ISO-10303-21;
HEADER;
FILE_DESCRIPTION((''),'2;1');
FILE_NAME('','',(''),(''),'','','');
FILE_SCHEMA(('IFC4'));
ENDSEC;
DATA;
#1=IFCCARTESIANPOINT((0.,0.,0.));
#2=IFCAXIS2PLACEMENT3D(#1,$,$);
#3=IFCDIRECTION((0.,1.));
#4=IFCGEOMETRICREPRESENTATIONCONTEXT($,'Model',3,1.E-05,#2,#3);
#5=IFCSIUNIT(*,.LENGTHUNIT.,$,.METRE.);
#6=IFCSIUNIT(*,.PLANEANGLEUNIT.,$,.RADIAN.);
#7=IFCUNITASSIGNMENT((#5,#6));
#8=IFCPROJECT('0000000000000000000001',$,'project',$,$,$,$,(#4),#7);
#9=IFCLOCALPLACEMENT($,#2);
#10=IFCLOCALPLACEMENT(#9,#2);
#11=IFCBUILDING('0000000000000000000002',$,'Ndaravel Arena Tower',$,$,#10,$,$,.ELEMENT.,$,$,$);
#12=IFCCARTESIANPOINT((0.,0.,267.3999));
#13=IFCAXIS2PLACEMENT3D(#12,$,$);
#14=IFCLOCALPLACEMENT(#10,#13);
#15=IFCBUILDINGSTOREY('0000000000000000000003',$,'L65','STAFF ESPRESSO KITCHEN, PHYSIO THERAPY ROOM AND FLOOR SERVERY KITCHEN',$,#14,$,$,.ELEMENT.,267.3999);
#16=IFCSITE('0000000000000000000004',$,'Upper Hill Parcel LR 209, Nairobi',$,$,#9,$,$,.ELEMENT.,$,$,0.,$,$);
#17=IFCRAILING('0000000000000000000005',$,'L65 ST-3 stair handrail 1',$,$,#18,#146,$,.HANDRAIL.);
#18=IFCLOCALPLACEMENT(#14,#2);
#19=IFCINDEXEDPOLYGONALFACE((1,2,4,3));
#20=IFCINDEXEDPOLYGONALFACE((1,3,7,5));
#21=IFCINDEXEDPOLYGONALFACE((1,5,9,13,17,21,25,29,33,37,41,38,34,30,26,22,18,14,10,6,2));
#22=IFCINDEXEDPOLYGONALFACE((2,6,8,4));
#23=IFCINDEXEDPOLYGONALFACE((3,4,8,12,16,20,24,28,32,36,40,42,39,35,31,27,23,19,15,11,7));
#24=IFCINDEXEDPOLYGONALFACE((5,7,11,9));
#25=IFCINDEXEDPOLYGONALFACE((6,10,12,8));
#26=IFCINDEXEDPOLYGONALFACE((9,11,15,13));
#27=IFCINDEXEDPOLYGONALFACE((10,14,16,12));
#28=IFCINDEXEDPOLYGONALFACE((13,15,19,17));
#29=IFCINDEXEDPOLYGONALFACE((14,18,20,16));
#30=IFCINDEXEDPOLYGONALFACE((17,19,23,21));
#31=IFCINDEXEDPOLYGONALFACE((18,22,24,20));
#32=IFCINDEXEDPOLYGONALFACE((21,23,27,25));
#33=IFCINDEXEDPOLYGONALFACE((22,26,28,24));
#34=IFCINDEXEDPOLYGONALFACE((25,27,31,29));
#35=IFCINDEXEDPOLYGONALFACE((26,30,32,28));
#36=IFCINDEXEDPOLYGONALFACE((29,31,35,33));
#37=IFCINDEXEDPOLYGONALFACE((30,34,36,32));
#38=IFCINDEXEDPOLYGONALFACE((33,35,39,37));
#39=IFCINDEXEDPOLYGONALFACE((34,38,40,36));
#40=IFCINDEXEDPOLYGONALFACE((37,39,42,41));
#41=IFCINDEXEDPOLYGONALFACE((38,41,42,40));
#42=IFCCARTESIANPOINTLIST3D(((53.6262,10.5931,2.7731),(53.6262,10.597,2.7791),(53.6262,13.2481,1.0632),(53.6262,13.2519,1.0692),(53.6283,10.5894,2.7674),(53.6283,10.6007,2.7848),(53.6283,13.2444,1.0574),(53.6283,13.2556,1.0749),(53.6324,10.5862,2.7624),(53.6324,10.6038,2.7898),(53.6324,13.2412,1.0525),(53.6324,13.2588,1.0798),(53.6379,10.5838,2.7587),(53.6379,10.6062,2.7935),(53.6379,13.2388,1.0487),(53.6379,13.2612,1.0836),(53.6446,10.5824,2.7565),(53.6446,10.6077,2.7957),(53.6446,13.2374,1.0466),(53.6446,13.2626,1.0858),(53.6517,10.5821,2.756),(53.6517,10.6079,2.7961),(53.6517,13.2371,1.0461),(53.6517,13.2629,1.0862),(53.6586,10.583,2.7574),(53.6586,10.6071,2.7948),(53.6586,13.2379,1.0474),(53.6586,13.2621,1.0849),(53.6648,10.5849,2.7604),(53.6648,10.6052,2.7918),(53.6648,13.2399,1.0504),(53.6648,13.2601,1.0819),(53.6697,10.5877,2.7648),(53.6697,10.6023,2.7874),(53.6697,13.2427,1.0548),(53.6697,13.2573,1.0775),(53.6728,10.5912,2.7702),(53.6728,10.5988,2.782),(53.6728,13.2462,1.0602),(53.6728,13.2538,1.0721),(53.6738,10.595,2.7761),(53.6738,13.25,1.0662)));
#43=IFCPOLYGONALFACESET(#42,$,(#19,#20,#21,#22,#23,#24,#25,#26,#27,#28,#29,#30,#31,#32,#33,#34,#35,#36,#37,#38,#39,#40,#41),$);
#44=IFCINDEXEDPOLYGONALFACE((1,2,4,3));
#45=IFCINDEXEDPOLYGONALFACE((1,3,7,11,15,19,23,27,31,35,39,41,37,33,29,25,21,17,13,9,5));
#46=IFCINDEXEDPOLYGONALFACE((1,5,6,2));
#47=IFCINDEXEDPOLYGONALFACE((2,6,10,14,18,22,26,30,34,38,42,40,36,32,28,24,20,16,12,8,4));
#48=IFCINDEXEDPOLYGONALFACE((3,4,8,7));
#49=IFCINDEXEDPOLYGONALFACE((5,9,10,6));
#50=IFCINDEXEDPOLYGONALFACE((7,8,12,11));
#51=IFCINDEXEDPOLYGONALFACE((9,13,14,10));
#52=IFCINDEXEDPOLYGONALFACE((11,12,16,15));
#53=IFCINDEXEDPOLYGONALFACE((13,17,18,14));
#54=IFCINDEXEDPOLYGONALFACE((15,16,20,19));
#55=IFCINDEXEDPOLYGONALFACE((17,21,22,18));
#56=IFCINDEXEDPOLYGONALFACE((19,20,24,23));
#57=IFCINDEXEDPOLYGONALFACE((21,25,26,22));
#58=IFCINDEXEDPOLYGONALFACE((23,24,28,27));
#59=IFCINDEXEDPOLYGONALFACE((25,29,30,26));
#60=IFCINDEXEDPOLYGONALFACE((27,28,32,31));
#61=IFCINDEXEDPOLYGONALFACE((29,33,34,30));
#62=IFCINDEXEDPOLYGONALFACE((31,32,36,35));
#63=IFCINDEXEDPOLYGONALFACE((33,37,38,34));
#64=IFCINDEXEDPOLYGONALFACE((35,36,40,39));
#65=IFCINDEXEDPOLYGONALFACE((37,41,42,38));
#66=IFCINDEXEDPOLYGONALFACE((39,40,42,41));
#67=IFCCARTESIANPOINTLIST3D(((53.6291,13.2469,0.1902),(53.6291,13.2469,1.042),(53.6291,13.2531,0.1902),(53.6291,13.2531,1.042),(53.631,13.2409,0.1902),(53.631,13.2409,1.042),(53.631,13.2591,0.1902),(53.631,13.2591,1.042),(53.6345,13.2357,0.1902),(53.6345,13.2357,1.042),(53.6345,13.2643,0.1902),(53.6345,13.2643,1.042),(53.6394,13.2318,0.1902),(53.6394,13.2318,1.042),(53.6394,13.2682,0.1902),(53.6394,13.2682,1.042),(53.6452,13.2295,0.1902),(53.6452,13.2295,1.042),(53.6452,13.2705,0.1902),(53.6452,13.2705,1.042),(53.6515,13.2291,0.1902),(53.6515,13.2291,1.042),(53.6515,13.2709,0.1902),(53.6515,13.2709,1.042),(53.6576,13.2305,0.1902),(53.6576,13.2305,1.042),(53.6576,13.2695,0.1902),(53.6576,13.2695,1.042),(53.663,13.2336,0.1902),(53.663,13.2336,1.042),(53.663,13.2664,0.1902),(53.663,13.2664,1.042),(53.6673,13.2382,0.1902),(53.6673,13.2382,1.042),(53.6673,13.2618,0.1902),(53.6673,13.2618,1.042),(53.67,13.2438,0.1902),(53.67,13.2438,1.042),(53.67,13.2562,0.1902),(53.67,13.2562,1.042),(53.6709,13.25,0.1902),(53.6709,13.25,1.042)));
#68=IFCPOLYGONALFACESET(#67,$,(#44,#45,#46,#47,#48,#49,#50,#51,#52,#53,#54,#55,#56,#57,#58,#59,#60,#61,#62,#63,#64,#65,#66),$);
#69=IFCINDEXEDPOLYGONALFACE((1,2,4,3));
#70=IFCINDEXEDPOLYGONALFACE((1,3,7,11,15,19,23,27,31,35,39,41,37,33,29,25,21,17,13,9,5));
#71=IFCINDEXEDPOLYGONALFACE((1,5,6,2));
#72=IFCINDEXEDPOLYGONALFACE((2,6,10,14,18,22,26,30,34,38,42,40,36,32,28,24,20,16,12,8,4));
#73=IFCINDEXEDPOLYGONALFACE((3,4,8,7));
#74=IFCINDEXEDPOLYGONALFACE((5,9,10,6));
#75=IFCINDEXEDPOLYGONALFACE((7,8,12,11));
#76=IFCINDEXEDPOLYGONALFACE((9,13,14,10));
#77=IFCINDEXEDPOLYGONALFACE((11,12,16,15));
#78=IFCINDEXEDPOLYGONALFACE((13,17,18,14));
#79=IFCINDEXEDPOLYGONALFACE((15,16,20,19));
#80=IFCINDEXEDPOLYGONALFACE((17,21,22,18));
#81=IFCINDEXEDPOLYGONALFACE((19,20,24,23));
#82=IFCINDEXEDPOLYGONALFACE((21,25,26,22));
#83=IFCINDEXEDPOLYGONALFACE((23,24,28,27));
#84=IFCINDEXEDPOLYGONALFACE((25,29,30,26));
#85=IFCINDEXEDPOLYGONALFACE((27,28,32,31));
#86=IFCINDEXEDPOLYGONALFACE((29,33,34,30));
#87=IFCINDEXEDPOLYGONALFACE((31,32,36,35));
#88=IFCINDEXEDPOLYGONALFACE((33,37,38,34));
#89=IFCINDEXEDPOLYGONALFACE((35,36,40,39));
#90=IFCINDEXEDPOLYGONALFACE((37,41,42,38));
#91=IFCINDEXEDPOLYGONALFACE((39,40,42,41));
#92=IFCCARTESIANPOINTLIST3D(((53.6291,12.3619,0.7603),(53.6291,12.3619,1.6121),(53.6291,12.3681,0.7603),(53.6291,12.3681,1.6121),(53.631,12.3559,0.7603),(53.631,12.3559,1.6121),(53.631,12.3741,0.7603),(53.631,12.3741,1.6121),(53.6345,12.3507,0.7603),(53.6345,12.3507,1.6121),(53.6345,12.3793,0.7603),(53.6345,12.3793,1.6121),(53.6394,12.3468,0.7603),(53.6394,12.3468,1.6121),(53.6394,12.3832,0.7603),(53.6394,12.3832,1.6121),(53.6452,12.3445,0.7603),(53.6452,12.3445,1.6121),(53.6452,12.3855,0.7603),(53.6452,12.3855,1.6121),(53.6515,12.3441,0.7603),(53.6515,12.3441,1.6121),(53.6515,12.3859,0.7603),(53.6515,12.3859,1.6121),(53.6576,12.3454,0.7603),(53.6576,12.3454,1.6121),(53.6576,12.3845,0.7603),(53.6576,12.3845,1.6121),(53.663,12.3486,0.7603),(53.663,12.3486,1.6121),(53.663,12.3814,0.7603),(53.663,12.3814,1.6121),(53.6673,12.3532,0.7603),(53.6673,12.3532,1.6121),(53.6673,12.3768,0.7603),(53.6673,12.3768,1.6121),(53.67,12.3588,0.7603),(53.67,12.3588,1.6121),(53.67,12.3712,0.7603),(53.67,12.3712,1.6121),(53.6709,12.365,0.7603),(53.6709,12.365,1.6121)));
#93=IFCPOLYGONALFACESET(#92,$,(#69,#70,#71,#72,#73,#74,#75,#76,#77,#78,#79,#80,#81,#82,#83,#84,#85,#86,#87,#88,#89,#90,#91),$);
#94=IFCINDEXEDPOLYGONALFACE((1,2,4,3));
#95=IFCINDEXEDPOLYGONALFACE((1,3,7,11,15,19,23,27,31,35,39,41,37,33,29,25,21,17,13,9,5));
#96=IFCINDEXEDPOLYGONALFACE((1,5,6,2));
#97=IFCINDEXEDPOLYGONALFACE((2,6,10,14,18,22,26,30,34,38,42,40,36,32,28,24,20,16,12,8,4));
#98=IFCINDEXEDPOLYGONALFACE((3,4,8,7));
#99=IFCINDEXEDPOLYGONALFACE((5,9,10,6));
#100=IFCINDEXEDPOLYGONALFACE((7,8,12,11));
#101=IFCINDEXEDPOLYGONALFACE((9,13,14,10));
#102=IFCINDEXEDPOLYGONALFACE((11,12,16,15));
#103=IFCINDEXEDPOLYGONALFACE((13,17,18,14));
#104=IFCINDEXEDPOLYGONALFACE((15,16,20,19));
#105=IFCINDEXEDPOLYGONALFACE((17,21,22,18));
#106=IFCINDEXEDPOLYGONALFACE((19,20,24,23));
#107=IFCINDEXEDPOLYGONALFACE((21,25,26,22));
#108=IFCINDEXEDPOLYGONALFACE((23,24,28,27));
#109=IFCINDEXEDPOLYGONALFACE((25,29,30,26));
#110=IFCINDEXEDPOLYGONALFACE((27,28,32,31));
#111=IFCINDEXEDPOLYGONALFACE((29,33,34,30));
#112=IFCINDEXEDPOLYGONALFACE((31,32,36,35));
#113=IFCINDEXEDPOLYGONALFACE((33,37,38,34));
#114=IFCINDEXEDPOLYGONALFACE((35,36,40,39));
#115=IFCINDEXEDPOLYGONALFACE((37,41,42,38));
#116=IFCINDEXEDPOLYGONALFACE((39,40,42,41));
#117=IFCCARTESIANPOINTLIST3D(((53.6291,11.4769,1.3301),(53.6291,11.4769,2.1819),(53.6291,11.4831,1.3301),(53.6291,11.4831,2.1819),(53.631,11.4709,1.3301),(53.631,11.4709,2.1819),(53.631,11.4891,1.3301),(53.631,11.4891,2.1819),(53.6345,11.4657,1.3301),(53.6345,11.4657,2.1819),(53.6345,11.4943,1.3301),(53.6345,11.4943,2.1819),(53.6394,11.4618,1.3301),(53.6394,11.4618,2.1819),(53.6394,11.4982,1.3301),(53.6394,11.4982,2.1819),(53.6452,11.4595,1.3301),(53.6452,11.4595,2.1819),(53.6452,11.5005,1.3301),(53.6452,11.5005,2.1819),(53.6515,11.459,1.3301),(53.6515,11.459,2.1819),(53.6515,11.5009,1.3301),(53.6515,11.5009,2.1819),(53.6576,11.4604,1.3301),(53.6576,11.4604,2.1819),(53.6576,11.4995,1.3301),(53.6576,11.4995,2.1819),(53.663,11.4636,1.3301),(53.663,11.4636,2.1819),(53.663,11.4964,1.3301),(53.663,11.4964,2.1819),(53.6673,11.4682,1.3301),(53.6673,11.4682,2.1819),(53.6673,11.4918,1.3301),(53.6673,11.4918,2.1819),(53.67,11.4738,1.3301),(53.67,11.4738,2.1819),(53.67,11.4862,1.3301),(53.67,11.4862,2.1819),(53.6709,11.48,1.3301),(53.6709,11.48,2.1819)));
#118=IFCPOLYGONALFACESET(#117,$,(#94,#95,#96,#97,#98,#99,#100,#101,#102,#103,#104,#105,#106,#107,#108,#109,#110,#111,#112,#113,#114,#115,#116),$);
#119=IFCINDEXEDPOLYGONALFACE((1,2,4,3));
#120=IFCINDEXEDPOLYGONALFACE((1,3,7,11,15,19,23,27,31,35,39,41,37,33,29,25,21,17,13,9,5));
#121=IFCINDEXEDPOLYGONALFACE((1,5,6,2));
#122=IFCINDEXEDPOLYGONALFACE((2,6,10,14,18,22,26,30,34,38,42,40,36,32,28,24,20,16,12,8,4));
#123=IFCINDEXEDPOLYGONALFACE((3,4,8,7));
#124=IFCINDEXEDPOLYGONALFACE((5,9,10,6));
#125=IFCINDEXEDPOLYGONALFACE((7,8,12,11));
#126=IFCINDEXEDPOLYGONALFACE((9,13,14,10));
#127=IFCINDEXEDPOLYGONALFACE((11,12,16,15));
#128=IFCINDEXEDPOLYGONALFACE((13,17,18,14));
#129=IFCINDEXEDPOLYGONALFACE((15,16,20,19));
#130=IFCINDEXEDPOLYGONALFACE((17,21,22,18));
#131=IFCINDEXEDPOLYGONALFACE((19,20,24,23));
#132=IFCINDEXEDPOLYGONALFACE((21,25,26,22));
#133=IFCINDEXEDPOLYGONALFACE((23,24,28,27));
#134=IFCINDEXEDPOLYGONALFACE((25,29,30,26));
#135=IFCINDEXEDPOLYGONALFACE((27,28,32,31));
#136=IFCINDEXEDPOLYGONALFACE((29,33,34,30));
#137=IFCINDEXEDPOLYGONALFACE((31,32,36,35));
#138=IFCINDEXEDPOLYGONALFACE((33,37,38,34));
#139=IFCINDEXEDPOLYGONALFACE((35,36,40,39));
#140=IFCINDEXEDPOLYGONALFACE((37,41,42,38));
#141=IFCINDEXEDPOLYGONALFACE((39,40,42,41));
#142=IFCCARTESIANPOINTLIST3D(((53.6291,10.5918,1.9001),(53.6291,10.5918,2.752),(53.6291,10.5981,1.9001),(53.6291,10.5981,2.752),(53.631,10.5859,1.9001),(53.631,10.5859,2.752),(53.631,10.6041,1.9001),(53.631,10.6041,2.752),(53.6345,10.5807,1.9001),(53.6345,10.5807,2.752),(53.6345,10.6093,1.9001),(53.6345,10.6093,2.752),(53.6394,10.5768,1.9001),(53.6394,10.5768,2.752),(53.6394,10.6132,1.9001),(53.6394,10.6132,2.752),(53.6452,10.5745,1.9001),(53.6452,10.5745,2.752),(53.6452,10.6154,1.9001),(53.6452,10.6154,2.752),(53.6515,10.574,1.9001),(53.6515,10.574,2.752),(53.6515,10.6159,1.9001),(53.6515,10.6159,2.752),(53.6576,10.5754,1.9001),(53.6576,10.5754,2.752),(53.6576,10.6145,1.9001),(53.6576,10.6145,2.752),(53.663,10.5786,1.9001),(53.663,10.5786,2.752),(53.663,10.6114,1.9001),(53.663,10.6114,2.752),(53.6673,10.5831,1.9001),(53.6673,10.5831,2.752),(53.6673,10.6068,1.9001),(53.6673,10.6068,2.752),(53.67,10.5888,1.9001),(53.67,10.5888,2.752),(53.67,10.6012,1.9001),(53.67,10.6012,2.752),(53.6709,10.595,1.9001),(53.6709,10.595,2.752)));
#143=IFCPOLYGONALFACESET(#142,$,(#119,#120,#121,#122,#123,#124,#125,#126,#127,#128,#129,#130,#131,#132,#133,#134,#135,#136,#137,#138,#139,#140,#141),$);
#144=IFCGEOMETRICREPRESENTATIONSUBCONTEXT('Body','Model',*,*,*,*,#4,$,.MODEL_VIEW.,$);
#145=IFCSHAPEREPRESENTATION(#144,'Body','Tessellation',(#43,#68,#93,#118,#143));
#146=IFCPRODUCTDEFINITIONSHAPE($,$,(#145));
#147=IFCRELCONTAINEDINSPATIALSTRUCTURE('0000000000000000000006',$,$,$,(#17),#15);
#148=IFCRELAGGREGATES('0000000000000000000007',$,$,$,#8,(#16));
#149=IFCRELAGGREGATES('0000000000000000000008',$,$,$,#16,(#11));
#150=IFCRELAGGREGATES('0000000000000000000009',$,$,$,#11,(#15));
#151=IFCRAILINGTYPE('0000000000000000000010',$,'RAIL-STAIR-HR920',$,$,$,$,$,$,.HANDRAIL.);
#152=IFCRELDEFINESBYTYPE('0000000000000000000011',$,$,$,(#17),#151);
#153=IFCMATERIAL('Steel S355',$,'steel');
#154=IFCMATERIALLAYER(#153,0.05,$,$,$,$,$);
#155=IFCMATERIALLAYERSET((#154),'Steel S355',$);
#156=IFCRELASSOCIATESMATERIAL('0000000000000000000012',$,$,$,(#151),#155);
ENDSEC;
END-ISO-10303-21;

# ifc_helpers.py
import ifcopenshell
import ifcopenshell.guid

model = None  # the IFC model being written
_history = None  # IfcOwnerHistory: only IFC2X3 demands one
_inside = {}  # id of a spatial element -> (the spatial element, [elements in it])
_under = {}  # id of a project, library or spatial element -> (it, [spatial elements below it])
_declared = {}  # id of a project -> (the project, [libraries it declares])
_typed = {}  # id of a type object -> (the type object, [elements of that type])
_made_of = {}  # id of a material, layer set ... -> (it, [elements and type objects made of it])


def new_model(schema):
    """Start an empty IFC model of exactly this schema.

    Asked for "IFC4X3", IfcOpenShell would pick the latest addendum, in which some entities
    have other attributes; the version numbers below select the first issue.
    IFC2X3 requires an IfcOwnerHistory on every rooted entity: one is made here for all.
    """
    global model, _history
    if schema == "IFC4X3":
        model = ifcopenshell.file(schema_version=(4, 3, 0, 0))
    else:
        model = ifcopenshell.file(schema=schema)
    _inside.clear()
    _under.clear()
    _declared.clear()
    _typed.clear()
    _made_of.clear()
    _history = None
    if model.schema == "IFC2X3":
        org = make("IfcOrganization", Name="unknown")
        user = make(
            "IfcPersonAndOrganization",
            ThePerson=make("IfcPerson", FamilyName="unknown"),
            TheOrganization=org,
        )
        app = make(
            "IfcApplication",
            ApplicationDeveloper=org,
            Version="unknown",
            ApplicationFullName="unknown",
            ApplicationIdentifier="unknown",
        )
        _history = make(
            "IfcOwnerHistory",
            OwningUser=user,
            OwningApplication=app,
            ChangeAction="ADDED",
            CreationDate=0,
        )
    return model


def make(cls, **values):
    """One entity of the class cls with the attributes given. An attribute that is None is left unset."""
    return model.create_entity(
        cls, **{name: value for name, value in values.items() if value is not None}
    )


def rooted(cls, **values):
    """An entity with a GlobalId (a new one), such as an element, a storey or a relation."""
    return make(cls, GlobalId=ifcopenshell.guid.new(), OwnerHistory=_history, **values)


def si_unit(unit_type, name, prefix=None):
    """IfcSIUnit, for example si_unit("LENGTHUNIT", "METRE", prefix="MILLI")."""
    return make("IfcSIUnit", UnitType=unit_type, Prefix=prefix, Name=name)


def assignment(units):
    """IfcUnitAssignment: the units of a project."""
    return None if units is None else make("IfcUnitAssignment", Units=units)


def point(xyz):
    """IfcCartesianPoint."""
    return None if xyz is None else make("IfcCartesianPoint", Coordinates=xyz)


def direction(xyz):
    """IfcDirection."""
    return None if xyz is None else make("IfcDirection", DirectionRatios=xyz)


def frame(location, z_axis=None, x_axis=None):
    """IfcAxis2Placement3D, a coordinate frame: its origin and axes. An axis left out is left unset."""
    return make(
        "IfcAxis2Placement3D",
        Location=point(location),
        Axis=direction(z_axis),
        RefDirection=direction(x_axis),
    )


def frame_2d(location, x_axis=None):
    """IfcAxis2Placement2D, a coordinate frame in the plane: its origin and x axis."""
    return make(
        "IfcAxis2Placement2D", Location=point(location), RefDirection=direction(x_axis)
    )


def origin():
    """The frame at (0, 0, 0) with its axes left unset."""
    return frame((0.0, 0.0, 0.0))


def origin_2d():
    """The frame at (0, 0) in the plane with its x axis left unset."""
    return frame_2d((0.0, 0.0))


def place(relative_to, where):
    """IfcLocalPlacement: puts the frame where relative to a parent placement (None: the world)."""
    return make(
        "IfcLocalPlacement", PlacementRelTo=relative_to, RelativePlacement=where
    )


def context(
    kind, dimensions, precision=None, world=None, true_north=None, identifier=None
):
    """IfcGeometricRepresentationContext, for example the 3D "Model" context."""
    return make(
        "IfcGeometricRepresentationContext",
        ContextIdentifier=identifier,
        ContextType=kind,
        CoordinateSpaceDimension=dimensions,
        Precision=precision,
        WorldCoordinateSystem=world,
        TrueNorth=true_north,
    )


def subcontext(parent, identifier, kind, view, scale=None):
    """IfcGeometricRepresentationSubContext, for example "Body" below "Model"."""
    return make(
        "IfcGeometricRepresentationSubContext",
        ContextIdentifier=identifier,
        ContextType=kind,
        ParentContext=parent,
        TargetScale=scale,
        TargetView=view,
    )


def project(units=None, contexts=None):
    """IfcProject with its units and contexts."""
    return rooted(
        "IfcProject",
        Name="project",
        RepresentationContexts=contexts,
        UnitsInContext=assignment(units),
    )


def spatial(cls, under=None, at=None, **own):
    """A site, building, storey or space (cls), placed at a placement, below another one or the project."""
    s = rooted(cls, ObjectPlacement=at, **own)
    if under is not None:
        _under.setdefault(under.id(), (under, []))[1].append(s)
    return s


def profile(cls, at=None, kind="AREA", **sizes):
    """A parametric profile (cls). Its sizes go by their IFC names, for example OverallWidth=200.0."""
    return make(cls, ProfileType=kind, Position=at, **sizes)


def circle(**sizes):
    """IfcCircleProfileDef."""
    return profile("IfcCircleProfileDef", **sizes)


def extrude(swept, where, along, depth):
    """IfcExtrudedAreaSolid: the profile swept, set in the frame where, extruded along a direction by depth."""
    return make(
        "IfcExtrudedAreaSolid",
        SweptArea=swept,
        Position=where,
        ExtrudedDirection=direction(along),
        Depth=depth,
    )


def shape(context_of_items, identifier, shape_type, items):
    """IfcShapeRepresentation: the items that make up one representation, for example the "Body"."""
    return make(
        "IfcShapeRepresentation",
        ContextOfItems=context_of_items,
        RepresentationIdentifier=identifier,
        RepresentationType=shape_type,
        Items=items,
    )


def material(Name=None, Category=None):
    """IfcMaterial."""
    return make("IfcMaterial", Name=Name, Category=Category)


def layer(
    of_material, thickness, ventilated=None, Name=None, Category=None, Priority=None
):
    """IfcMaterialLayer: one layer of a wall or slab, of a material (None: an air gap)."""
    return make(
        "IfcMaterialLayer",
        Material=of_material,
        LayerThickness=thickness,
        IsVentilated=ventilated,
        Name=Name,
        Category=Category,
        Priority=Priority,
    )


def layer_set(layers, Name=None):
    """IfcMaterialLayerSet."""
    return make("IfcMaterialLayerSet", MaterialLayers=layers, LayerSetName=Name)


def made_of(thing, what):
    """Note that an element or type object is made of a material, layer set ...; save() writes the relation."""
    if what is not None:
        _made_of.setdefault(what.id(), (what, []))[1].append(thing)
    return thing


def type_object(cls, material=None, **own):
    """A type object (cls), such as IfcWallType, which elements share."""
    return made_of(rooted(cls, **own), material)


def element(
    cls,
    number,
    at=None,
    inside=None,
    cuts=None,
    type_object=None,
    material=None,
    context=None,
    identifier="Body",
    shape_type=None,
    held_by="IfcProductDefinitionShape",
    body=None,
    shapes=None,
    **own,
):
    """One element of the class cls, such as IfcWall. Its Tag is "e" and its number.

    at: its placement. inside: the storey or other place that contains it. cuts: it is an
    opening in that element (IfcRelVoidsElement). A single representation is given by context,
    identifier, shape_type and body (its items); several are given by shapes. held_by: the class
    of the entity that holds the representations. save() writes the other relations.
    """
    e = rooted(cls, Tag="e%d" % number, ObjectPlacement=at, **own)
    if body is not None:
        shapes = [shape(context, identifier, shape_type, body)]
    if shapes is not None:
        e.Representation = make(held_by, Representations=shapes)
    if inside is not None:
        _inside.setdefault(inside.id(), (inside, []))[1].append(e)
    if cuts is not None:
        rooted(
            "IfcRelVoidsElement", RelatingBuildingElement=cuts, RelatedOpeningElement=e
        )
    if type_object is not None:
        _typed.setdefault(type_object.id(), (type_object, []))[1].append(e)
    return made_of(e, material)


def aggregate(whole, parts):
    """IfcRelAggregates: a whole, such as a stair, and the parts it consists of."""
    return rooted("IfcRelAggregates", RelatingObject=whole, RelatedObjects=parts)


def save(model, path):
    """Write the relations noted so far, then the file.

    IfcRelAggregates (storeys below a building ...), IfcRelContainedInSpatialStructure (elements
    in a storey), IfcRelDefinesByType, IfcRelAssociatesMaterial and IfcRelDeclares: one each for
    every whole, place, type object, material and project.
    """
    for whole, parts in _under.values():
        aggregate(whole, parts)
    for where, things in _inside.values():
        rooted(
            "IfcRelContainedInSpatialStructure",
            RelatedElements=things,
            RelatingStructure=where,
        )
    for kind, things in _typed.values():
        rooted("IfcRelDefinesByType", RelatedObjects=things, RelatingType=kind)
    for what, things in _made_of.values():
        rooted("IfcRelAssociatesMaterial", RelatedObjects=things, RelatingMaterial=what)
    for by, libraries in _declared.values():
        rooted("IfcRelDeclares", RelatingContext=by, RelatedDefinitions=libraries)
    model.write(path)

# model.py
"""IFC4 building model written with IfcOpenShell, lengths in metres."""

from ifc_helpers import new_model, si_unit, direction, frame, origin, origin_2d, place, context, subcontext, project, spatial, circle, extrude, material, layer, layer_set, type_object, element, save


model = new_model("IFC4")

# Units and contexts
model_context = context("Model", 3, precision=1e-05, world=origin(), true_north=direction((0.0, 1.0)))
body_context = subcontext(model_context, "Body", "Model", "MODEL_VIEW")
ifc_project = project(units=[si_unit("LENGTHUNIT", "METRE"), si_unit("PLANEANGLEUNIT", "RADIAN")], contexts=[model_context])

# Site, building, storey
site_placement = place(None, origin())
site = spatial("IfcSite", under=ifc_project, at=site_placement, Name="Upper Hill Parcel LR 209, Nairobi", CompositionType="ELEMENT", RefElevation=0.0)
building_placement = place(site_placement, origin())
building = spatial("IfcBuilding", under=site, at=building_placement, Name="Ndaravel Arena Tower", CompositionType="ELEMENT")
storey_placement = place(building_placement, frame((0.0, 0.0, 267.3999)))
storey = spatial("IfcBuildingStorey", under=building, at=storey_placement, Name="L65", Description="STAFF ESPRESSO KITCHEN, PHYSIO THERAPY ROOM AND FLOOR SERVERY KITCHEN", CompositionType="ELEMENT", Elevation=267.3999)

# Railing
ifc_material_1 = material(Name="Steel S355", Category="steel")
ifc_layer_1 = layer(ifc_material_1, 0.05)
ifc_layer_set_1 = layer_set([ifc_layer_1], Name="Steel S355")
railing_type_1 = type_object("IfcRailingType", Name="RAIL-STAIR-HR920", PredefinedType="HANDRAIL", material=ifc_layer_set_1)
railing_1_placement = place(storey_placement, frame((53.6499, 13.25, 0.1902)))
element("IfcRailing", 1, at=railing_1_placement, inside=storey, type_object=railing_type_1, Name="L65 ST-3 stair handrail 1", PredefinedType="HANDRAIL", context=body_context, shape_type="SweptSolid", body=[
    extrude(circle(Radius=0.0239, at=origin_2d()), frame((0.0, 0.0, 0.876), z_axis=(0.0, -0.840724, 0.541465), x_axis=(1.0, 0.0, 0.0)), (0.0, 0.0, 1.0), 3.158),
    extrude(circle(Radius=0.021, at=origin_2d()), origin(), (0.0, 0.0, 1.0), 0.8518),
    extrude(circle(Radius=0.021, at=origin_2d()), frame((0.0, -0.885, 0.5701)), (0.0, 0.0, 1.0), 0.8518),
    extrude(circle(Radius=0.021, at=origin_2d()), frame((0.0, -1.77, 1.1399)), (0.0, 0.0, 1.0), 0.8518),
    extrude(circle(Radius=0.021, at=origin_2d()), frame((0.0, -2.655, 1.71)), (0.0, 0.0, 1.0), 0.8518),
])

save(model, "model.ifc")
